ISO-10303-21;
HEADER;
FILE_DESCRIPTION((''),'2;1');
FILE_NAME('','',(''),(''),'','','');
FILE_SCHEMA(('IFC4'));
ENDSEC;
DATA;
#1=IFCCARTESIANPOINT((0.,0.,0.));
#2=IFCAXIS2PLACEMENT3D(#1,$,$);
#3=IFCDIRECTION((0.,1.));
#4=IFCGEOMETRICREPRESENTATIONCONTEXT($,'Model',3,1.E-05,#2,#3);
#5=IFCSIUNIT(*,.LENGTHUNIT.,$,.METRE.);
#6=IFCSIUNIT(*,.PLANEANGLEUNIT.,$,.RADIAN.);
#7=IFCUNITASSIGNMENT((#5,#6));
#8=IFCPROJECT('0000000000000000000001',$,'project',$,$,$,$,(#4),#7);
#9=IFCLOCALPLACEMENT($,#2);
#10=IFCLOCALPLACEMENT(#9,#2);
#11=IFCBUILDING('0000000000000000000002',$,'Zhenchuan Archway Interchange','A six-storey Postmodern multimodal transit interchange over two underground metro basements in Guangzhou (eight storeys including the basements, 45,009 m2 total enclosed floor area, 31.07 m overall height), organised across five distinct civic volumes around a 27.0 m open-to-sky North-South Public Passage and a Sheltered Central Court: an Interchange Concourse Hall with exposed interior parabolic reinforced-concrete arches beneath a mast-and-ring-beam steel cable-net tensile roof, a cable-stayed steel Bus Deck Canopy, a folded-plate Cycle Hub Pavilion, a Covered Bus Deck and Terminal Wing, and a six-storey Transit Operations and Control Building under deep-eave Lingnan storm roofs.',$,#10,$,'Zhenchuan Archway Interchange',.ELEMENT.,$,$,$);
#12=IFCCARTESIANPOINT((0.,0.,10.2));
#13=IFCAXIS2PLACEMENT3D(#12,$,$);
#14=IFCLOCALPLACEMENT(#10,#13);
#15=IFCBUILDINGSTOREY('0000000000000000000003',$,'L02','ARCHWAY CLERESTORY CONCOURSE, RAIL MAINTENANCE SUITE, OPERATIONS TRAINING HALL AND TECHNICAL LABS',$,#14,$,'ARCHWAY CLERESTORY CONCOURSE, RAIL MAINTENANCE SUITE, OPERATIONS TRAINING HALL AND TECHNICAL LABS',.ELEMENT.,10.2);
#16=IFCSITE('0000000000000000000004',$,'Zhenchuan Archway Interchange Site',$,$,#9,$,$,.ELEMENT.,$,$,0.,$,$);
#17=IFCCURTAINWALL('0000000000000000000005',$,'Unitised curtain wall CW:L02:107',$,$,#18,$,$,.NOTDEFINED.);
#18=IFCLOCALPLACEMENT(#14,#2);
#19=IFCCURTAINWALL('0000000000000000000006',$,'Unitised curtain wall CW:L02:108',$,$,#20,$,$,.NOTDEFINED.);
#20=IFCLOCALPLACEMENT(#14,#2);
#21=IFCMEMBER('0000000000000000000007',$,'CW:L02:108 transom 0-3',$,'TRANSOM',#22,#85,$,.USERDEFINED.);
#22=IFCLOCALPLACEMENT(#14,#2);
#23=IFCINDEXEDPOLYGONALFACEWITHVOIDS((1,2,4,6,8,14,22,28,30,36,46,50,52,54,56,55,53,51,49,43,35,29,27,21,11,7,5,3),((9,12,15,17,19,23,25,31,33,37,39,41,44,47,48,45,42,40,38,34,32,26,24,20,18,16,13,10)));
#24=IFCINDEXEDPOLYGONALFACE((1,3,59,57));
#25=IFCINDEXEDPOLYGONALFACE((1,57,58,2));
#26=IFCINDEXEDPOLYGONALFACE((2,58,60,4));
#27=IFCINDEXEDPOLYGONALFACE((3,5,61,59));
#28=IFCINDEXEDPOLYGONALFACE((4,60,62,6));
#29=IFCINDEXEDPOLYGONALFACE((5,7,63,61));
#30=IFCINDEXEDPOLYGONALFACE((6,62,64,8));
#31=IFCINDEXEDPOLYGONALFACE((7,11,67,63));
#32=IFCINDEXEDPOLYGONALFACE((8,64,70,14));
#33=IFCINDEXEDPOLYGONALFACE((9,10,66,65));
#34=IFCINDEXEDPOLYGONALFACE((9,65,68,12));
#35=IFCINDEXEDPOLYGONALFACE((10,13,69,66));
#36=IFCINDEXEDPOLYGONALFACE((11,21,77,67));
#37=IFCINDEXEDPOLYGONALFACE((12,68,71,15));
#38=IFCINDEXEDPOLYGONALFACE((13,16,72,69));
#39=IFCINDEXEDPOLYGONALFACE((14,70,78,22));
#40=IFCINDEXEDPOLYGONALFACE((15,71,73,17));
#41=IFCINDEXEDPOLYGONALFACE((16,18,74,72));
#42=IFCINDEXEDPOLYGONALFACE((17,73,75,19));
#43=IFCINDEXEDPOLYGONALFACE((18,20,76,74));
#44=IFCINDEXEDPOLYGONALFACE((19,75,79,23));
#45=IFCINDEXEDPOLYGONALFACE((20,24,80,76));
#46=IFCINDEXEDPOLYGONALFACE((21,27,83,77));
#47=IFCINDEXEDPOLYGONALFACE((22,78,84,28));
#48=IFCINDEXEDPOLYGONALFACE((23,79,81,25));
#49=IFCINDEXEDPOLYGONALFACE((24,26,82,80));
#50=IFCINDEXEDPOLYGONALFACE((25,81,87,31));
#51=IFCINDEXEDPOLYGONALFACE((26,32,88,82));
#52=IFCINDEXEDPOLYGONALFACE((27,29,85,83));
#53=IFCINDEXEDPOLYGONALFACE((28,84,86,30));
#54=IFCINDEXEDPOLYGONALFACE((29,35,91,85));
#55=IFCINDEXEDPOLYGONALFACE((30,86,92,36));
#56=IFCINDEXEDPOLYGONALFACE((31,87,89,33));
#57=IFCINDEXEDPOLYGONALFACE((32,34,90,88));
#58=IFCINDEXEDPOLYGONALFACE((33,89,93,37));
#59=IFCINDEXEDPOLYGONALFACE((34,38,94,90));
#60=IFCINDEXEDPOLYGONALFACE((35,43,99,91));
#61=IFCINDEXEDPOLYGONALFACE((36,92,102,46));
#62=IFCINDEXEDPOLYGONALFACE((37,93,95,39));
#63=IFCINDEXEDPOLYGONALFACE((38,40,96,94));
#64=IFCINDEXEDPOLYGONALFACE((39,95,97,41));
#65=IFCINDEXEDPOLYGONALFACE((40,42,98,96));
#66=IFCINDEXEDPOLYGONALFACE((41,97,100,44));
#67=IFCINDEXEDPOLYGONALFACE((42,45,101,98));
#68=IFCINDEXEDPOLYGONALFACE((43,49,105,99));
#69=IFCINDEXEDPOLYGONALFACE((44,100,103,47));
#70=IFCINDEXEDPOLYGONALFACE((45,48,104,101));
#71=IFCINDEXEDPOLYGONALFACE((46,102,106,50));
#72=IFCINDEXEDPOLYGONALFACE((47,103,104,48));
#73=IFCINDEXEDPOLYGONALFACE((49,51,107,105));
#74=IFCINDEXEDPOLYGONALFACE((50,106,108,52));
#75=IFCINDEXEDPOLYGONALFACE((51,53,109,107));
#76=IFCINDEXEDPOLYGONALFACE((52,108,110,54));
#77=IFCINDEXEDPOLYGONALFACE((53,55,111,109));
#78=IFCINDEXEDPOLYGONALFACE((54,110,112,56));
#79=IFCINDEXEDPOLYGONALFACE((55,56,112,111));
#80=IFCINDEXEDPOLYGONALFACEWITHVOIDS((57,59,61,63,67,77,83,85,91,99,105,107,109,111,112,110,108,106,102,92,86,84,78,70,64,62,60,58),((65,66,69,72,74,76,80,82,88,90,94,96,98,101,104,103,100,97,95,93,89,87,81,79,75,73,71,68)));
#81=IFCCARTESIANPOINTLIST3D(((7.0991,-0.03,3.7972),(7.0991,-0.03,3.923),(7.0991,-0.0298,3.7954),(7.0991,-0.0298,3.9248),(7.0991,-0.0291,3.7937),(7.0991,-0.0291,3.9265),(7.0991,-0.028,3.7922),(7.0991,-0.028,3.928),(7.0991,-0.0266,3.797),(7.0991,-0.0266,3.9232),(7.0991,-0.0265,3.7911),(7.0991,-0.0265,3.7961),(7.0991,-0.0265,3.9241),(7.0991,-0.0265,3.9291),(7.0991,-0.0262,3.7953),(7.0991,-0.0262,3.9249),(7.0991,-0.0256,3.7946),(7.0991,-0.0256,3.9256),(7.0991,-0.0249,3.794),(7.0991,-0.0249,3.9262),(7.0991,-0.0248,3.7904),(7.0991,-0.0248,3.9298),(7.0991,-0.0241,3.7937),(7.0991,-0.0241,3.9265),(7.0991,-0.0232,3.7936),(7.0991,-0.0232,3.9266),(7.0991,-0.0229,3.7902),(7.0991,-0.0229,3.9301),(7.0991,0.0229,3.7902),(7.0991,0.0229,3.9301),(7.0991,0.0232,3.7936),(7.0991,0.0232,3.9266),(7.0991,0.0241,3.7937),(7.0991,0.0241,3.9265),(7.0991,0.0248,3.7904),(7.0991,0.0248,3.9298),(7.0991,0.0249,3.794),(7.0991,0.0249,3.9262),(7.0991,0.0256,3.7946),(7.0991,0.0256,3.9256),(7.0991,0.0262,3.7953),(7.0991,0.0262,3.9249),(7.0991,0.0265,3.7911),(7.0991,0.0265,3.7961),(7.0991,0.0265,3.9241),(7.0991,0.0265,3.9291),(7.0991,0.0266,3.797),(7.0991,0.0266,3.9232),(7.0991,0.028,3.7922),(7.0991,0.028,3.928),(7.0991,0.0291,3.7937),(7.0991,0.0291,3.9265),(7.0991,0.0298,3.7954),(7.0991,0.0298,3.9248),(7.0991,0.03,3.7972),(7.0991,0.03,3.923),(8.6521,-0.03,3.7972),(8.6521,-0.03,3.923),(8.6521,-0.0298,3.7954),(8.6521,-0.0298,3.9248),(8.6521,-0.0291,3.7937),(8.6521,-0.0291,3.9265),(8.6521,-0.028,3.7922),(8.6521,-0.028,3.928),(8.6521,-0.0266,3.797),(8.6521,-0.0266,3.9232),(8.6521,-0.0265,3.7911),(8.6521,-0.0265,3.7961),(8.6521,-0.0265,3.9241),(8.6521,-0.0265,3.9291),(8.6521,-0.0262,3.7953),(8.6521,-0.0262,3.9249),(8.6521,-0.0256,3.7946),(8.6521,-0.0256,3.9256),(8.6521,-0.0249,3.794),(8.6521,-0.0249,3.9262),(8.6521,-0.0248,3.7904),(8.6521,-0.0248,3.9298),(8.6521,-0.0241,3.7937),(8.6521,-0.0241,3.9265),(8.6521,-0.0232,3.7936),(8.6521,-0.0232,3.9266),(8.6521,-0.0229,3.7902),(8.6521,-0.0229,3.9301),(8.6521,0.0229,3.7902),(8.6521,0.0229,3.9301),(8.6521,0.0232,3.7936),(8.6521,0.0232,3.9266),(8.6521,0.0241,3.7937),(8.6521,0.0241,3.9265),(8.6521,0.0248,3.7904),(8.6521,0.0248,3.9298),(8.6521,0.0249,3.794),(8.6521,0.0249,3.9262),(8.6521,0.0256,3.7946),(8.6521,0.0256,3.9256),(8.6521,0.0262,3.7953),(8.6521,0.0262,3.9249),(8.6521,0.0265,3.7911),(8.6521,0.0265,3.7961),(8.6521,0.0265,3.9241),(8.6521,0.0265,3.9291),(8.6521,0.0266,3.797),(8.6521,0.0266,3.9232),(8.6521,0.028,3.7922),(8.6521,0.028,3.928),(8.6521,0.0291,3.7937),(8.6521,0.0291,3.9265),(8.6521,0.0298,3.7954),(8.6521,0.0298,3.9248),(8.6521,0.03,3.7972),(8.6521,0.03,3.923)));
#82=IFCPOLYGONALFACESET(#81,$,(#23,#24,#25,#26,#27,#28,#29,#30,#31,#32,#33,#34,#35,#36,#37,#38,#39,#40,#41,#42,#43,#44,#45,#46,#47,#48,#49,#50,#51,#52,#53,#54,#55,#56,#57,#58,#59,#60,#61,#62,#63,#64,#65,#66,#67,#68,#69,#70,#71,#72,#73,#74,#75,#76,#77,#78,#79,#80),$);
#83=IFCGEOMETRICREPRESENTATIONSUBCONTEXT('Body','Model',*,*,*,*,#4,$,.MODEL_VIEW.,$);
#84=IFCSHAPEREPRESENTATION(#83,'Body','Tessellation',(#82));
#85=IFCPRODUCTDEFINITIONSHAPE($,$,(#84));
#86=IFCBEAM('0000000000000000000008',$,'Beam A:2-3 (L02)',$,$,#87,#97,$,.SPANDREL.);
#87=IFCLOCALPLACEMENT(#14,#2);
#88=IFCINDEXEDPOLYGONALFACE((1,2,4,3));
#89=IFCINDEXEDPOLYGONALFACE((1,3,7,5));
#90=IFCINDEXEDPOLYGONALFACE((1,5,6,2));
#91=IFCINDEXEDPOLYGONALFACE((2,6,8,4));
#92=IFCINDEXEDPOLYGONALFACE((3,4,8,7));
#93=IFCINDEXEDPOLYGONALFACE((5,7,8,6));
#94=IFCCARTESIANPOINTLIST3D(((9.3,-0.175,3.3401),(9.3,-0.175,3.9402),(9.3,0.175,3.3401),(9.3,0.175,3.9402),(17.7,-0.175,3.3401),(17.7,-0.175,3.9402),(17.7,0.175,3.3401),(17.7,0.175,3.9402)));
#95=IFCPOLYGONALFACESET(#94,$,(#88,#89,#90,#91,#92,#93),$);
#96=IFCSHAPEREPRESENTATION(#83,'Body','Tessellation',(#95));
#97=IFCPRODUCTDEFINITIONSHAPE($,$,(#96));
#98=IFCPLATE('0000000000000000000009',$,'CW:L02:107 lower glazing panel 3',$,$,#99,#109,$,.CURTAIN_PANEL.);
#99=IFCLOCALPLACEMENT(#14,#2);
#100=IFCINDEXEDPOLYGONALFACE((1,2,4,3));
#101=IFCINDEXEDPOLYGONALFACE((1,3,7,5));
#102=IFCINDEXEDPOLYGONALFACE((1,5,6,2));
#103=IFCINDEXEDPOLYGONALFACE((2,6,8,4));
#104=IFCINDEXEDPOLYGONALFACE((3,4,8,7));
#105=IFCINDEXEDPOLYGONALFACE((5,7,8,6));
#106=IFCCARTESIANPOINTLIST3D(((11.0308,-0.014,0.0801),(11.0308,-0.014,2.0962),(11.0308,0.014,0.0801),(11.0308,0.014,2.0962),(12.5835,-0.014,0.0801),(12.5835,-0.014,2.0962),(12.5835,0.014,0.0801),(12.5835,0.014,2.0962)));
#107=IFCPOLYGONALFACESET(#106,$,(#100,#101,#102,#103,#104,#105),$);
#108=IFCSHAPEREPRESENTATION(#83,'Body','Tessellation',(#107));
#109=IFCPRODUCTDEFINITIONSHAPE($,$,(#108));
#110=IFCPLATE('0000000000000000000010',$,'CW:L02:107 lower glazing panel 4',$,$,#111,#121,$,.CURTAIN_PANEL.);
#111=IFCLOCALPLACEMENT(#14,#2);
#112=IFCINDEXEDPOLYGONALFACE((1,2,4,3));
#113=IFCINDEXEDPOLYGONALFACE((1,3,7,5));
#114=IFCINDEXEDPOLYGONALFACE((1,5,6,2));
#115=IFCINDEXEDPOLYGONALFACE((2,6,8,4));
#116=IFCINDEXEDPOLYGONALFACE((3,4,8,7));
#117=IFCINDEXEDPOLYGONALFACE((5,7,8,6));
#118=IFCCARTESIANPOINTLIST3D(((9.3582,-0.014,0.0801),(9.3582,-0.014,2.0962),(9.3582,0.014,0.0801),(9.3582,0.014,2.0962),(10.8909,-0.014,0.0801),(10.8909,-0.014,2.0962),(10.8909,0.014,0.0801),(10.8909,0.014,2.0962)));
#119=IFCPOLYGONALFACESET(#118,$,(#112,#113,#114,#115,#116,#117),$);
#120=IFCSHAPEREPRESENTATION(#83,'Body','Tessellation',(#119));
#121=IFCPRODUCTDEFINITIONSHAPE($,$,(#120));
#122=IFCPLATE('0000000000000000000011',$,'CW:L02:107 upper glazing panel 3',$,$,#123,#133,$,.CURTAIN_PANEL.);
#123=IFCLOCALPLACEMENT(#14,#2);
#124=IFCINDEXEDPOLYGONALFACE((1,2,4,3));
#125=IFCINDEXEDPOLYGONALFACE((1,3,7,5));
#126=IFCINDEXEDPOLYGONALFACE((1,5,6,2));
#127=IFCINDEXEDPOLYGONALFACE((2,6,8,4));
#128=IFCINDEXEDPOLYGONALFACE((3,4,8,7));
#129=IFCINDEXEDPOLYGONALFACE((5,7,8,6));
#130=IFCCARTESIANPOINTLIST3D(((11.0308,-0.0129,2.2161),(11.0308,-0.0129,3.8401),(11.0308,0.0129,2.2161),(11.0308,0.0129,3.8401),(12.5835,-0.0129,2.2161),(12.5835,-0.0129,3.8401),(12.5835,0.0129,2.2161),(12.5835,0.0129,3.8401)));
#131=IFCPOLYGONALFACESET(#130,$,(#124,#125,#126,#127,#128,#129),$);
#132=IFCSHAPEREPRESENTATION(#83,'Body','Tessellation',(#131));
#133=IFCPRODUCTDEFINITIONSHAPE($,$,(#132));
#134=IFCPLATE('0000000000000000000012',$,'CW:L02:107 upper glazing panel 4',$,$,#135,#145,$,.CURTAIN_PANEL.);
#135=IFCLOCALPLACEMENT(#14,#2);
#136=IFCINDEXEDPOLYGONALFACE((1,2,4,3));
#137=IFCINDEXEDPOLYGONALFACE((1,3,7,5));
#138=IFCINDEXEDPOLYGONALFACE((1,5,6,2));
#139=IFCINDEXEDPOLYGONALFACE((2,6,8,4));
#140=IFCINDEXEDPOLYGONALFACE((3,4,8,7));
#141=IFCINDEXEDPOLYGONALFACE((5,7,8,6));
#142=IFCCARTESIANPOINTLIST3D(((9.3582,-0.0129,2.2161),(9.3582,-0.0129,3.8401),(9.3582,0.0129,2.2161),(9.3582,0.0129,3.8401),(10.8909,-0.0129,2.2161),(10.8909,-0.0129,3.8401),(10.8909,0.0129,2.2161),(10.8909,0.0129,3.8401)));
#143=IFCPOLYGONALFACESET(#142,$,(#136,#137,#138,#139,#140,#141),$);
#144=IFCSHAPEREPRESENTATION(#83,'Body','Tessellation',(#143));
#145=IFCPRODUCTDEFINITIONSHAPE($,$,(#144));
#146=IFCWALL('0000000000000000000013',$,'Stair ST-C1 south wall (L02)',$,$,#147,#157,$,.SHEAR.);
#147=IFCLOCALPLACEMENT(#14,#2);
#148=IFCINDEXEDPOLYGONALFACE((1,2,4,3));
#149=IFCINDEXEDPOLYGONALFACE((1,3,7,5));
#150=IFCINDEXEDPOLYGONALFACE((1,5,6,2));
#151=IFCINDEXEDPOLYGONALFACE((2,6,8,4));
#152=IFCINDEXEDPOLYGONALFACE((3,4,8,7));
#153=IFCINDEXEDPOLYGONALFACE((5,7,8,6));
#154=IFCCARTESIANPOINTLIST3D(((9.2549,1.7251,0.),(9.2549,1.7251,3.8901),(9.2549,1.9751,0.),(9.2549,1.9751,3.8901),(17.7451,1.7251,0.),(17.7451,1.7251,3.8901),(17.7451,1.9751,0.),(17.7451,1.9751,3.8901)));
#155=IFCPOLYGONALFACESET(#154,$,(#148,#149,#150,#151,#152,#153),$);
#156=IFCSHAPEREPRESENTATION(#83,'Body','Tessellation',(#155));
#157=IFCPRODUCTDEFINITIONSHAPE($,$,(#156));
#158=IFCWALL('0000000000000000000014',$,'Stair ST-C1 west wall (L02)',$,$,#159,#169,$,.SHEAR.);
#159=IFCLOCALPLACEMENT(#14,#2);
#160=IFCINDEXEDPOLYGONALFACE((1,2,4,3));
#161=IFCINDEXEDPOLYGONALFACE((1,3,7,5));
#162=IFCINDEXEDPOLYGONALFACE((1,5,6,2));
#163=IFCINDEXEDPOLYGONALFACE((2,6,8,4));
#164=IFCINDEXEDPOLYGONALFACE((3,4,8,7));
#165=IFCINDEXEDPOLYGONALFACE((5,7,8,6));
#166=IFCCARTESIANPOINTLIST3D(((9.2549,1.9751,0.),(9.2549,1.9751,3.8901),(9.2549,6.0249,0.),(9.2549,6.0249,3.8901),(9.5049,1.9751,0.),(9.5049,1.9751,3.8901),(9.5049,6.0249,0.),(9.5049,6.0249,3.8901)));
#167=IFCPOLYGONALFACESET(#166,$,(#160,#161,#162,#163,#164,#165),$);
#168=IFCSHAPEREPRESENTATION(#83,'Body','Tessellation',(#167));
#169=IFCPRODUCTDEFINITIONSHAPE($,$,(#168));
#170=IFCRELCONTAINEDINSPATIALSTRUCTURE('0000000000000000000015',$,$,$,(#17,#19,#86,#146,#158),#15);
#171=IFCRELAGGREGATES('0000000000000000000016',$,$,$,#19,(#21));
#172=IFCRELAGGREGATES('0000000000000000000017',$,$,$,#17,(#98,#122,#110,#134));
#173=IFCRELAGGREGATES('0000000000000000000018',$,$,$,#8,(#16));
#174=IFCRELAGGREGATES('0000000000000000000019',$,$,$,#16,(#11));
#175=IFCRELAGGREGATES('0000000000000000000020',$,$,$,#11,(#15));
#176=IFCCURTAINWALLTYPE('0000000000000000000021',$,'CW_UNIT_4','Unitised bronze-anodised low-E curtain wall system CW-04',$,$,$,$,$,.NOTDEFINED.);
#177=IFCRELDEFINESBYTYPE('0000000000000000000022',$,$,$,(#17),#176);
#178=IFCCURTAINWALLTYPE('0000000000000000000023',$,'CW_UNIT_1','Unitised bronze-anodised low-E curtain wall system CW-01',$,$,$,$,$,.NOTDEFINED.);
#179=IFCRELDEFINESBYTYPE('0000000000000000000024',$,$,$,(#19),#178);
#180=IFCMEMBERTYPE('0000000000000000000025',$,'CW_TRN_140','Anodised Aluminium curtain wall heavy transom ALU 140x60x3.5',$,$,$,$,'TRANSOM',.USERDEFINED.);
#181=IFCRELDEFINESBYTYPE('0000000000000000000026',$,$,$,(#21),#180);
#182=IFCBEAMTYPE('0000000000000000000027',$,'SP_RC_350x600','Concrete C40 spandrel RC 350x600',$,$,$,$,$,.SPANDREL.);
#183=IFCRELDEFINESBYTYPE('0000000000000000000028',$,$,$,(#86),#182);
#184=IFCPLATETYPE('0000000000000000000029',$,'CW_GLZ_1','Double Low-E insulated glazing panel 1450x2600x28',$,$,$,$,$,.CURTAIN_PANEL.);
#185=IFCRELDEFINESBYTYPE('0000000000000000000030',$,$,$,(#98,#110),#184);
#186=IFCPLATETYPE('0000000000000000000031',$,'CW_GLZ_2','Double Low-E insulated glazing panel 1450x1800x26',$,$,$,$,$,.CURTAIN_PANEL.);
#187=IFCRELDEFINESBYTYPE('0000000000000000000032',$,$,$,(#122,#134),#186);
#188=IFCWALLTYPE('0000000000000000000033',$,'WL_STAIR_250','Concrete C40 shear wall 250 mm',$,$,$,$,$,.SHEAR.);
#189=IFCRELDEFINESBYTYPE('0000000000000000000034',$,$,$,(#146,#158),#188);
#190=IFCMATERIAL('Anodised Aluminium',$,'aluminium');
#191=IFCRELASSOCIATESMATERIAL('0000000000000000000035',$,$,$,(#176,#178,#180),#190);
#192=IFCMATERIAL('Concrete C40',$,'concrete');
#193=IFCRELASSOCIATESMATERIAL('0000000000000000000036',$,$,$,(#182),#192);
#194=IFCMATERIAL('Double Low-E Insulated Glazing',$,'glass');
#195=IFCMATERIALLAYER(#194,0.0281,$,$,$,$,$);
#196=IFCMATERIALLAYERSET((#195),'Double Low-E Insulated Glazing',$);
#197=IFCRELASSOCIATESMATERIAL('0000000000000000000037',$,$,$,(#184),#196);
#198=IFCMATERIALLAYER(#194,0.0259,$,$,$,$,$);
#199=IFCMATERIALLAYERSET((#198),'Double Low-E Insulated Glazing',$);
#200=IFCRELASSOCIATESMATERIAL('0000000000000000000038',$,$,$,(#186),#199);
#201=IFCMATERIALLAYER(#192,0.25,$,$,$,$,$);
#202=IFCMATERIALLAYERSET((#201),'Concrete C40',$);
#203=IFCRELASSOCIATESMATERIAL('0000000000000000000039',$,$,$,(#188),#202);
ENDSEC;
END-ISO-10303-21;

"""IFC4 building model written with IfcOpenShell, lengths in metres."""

from ifc_helpers import new_model, si_unit, direction, frame, frame_2d, origin, origin_2d, place, context, subcontext, project, spatial, rectangle, hollow_rectangle, extrude, material, layer, layer_set, material_profile, profile_set, type_object, element, aggregate, save


model = new_model("IFC4")

# Units and contexts
model_context = context("Model", 3, precision=1e-05, world=origin(), true_north=direction((0.0, 1.0)))
body_context = subcontext(model_context, "Body", "Model", "MODEL_VIEW")
ifc_project = project(units=[si_unit("LENGTHUNIT", "METRE"), si_unit("PLANEANGLEUNIT", "RADIAN")], contexts=[model_context])

# Site, building, storey
site_placement = place(None, origin())
site = spatial("IfcSite", under=ifc_project, at=site_placement, Name="Zhenchuan Archway Interchange Site", CompositionType="ELEMENT", RefElevation=0.0)
building_placement = place(site_placement, origin())
building = spatial("IfcBuilding", under=site, at=building_placement, Name="Zhenchuan Archway Interchange", Description="A six-storey Postmodern multimodal transit interchange over two underground metro basements in Guangzhou (eight storeys including the basements, 45,009 m2 total enclosed floor area, 31.07 m overall height), organised across five distinct civic volumes around a 27.0 m open-to-sky North-South Public Passage and a Sheltered Central Court: an Interchange Concourse Hall with exposed interior parabolic reinforced-concrete arches beneath a mast-and-ring-beam steel cable-net tensile roof, a cable-stayed steel Bus Deck Canopy, a folded-plate Cycle Hub Pavilion, a Covered Bus Deck and Terminal Wing, and a six-storey Transit Operations and Control Building under deep-eave Lingnan storm roofs.", LongName="Zhenchuan Archway Interchange", CompositionType="ELEMENT")
storey_placement = place(building_placement, frame((0.0, 0.0, 10.2)))
storey = spatial("IfcBuildingStorey", under=building, at=storey_placement, Name="L02", Description="ARCHWAY CLERESTORY CONCOURSE, RAIL MAINTENANCE SUITE, OPERATIONS TRAINING HALL AND TECHNICAL LABS", LongName="ARCHWAY CLERESTORY CONCOURSE, RAIL MAINTENANCE SUITE, OPERATIONS TRAINING HALL AND TECHNICAL LABS", CompositionType="ELEMENT", Elevation=10.2)

# Shared definitions
ifc_material_1 = material(Name="Concrete C40", Category="concrete")

# Curtain wall
ifc_material_2 = material(Name="Anodised Aluminium", Category="aluminium")
curtain_wall_type_1 = type_object("IfcCurtainWallType", Name="CW_UNIT_4", Description="Unitised bronze-anodised low-E curtain wall system CW-04", PredefinedType="NOTDEFINED", material=ifc_material_2)
curtain_wall_1_placement = place(storey_placement, origin())
curtain_wall_1 = element("IfcCurtainWall", 1, at=curtain_wall_1_placement, inside=storey, type_object=curtain_wall_type_1, Name="Unitised curtain wall CW:L02:107", PredefinedType="NOTDEFINED")

# Curtain wall
curtain_wall_type_2 = type_object("IfcCurtainWallType", Name="CW_UNIT_1", Description="Unitised bronze-anodised low-E curtain wall system CW-01", PredefinedType="NOTDEFINED", material=ifc_material_2)
curtain_wall_2_placement = place(storey_placement, origin())
curtain_wall_2 = element("IfcCurtainWall", 2, at=curtain_wall_2_placement, inside=storey, type_object=curtain_wall_type_2, Name="Unitised curtain wall CW:L02:108", PredefinedType="NOTDEFINED")

# Member
ifc_material_profile_1 = material_profile(ifc_material_2, hollow_rectangle(XDim=0.0601, YDim=0.1399, WallThickness=0.0034, InnerFilletRadius=0.0034, OuterFilletRadius=0.0071, at=origin_2d()), Name="ALU 140x60x3.5")
ifc_profile_set_1 = profile_set([ifc_material_profile_1], Name="Anodised Aluminium")
member_type_1 = type_object("IfcMemberType", Name="CW_TRN_140", Description="Anodised Aluminium curtain wall heavy transom ALU 140x60x3.5", ElementType="TRANSOM", PredefinedType="USERDEFINED", material=ifc_profile_set_1)
member_1_placement = place(storey_placement, frame((8.6521, 0.0, 3.8601), z_axis=(-1.0, 0.0, 0.0), x_axis=(0.0, -1.0, 0.0)))
member_1 = element("IfcMember", 3, at=member_1_placement, type_object=member_type_1, Name="CW:L02:108 transom 0-3", ObjectType="TRANSOM", PredefinedType="USERDEFINED", context=body_context, shape_type="SweptSolid", body=[
    extrude(hollow_rectangle(XDim=0.0601, YDim=0.1399, WallThickness=0.0034, InnerFilletRadius=0.0034, OuterFilletRadius=0.0071, at=origin_2d()), origin(), (0.0, 0.0, 1.0), 1.553),
])
aggregate(curtain_wall_2, [member_1])

# Beam
ifc_material_profile_2 = material_profile(ifc_material_1, rectangle(XDim=0.3501, YDim=0.6001, at=origin_2d()), Name="RC 350x600")
ifc_profile_set_2 = profile_set([ifc_material_profile_2], Name="Concrete C40")
beam_type_1 = type_object("IfcBeamType", Name="SP_RC_350x600", Description="Concrete C40 spandrel RC 350x600", PredefinedType="SPANDREL", material=ifc_profile_set_2)
beam_1_placement = place(storey_placement, frame((9.3, 0.0, 3.6401), z_axis=(1.0, 0.0, 0.0), x_axis=(0.0, 1.0, 0.0)))
element("IfcBeam", 4, at=beam_1_placement, inside=storey, type_object=beam_type_1, Name="Beam A:2-3 (L02)", PredefinedType="SPANDREL", context=body_context, shape_type="SweptSolid", body=[
    extrude(rectangle(XDim=0.3501, YDim=0.6001, at=origin_2d()), origin(), (0.0, 0.0, 1.0), 8.3999),
])

# Plates
ifc_material_3 = material(Name="Double Low-E Insulated Glazing", Category="glass")
ifc_layer_1 = layer(ifc_material_3, 0.0281)
ifc_layer_set_1 = layer_set([ifc_layer_1], Name="Double Low-E Insulated Glazing")
plate_type_1 = type_object("IfcPlateType", Name="CW_GLZ_1", Description="Double Low-E insulated glazing panel 1450x2600x28", PredefinedType="CURTAIN_PANEL", material=ifc_layer_set_1)
plate_1_placement = place(storey_placement, frame((11.8071, 0.0, 0.0801), z_axis=(0.0, 0.0, 1.0), x_axis=(-1.0, 0.0, 0.0)))
plate_1 = element("IfcPlate", 5, at=plate_1_placement, type_object=plate_type_1, Name="CW:L02:107 lower glazing panel 3", PredefinedType="CURTAIN_PANEL", context=body_context, shape_type="SweptSolid", body=[
    extrude(rectangle(XDim=1.5527, YDim=0.0281, at=origin_2d()), origin(), (0.0, 0.0, 1.0), 2.0161),
])
plate_2_placement = place(storey_placement, frame((10.1245, 0.0, 0.0801), z_axis=(0.0, 0.0, 1.0), x_axis=(-1.0, 0.0, 0.0)))
plate_2 = element("IfcPlate", 6, at=plate_2_placement, type_object=plate_type_1, Name="CW:L02:107 lower glazing panel 4", PredefinedType="CURTAIN_PANEL", context=body_context, shape_type="SweptSolid", body=[
    extrude(rectangle(XDim=1.5327, YDim=0.0281, at=origin_2d()), origin(), (0.0, 0.0, 1.0), 2.0161),
])
ifc_layer_2 = layer(ifc_material_3, 0.0259)
ifc_layer_set_2 = layer_set([ifc_layer_2], Name="Double Low-E Insulated Glazing")
plate_type_2 = type_object("IfcPlateType", Name="CW_GLZ_2", Description="Double Low-E insulated glazing panel 1450x1800x26", PredefinedType="CURTAIN_PANEL", material=ifc_layer_set_2)
plate_3_placement = place(storey_placement, frame((11.8071, 0.0, 2.2161), z_axis=(0.0, 0.0, 1.0), x_axis=(-1.0, 0.0, 0.0)))
plate_3 = element("IfcPlate", 7, at=plate_3_placement, type_object=plate_type_2, Name="CW:L02:107 upper glazing panel 3", PredefinedType="CURTAIN_PANEL", context=body_context, shape_type="SweptSolid", body=[
    extrude(rectangle(XDim=1.5527, YDim=0.0259, at=origin_2d()), origin(), (0.0, 0.0, 1.0), 1.624),
])
plate_4_placement = place(storey_placement, frame((10.1245, 0.0, 2.2161), z_axis=(0.0, 0.0, 1.0), x_axis=(-1.0, 0.0, 0.0)))
plate_4 = element("IfcPlate", 8, at=plate_4_placement, type_object=plate_type_2, Name="CW:L02:107 upper glazing panel 4", PredefinedType="CURTAIN_PANEL", context=body_context, shape_type="SweptSolid", body=[
    extrude(rectangle(XDim=1.5327, YDim=0.0259, at=origin_2d()), origin(), (0.0, 0.0, 1.0), 1.624),
])
aggregate(curtain_wall_1, [plate_1, plate_3, plate_2, plate_4])

# Walls
ifc_layer_3 = layer(ifc_material_1, 0.25)
ifc_layer_set_3 = layer_set([ifc_layer_3], Name="Concrete C40")
wall_type = type_object("IfcWallType", Name="WL_STAIR_250", Description="Concrete C40 shear wall 250 mm", PredefinedType="SHEAR", material=ifc_layer_set_3)
wall_1_placement = place(storey_placement, frame((9.2549, 1.8501, 0.0), z_axis=(0.0, 0.0, 1.0), x_axis=(1.0, 0.0, 0.0)))
element("IfcWall", 9, at=wall_1_placement, inside=storey, type_object=wall_type, Name="Stair ST-C1 south wall (L02)", PredefinedType="SHEAR", context=body_context, shape_type="SweptSolid", body=[
    extrude(rectangle(XDim=8.4902, YDim=0.25, at=frame_2d((4.2451, 0.0))), origin(), (0.0, 0.0, 1.0), 3.8901),
])
wall_2_placement = place(storey_placement, frame((9.3799, 6.0249, 0.0), z_axis=(0.0, 0.0, 1.0), x_axis=(0.0, -1.0, 0.0)))
element("IfcWall", 10, at=wall_2_placement, inside=storey, type_object=wall_type, Name="Stair ST-C1 west wall (L02)", PredefinedType="SHEAR", context=body_context, shape_type="SweptSolid", body=[
    extrude(rectangle(XDim=4.0498, YDim=0.25, at=frame_2d((2.0249, 0.0))), origin(), (0.0, 0.0, 1.0), 3.8901),
])

save(model, "model.ifc")
